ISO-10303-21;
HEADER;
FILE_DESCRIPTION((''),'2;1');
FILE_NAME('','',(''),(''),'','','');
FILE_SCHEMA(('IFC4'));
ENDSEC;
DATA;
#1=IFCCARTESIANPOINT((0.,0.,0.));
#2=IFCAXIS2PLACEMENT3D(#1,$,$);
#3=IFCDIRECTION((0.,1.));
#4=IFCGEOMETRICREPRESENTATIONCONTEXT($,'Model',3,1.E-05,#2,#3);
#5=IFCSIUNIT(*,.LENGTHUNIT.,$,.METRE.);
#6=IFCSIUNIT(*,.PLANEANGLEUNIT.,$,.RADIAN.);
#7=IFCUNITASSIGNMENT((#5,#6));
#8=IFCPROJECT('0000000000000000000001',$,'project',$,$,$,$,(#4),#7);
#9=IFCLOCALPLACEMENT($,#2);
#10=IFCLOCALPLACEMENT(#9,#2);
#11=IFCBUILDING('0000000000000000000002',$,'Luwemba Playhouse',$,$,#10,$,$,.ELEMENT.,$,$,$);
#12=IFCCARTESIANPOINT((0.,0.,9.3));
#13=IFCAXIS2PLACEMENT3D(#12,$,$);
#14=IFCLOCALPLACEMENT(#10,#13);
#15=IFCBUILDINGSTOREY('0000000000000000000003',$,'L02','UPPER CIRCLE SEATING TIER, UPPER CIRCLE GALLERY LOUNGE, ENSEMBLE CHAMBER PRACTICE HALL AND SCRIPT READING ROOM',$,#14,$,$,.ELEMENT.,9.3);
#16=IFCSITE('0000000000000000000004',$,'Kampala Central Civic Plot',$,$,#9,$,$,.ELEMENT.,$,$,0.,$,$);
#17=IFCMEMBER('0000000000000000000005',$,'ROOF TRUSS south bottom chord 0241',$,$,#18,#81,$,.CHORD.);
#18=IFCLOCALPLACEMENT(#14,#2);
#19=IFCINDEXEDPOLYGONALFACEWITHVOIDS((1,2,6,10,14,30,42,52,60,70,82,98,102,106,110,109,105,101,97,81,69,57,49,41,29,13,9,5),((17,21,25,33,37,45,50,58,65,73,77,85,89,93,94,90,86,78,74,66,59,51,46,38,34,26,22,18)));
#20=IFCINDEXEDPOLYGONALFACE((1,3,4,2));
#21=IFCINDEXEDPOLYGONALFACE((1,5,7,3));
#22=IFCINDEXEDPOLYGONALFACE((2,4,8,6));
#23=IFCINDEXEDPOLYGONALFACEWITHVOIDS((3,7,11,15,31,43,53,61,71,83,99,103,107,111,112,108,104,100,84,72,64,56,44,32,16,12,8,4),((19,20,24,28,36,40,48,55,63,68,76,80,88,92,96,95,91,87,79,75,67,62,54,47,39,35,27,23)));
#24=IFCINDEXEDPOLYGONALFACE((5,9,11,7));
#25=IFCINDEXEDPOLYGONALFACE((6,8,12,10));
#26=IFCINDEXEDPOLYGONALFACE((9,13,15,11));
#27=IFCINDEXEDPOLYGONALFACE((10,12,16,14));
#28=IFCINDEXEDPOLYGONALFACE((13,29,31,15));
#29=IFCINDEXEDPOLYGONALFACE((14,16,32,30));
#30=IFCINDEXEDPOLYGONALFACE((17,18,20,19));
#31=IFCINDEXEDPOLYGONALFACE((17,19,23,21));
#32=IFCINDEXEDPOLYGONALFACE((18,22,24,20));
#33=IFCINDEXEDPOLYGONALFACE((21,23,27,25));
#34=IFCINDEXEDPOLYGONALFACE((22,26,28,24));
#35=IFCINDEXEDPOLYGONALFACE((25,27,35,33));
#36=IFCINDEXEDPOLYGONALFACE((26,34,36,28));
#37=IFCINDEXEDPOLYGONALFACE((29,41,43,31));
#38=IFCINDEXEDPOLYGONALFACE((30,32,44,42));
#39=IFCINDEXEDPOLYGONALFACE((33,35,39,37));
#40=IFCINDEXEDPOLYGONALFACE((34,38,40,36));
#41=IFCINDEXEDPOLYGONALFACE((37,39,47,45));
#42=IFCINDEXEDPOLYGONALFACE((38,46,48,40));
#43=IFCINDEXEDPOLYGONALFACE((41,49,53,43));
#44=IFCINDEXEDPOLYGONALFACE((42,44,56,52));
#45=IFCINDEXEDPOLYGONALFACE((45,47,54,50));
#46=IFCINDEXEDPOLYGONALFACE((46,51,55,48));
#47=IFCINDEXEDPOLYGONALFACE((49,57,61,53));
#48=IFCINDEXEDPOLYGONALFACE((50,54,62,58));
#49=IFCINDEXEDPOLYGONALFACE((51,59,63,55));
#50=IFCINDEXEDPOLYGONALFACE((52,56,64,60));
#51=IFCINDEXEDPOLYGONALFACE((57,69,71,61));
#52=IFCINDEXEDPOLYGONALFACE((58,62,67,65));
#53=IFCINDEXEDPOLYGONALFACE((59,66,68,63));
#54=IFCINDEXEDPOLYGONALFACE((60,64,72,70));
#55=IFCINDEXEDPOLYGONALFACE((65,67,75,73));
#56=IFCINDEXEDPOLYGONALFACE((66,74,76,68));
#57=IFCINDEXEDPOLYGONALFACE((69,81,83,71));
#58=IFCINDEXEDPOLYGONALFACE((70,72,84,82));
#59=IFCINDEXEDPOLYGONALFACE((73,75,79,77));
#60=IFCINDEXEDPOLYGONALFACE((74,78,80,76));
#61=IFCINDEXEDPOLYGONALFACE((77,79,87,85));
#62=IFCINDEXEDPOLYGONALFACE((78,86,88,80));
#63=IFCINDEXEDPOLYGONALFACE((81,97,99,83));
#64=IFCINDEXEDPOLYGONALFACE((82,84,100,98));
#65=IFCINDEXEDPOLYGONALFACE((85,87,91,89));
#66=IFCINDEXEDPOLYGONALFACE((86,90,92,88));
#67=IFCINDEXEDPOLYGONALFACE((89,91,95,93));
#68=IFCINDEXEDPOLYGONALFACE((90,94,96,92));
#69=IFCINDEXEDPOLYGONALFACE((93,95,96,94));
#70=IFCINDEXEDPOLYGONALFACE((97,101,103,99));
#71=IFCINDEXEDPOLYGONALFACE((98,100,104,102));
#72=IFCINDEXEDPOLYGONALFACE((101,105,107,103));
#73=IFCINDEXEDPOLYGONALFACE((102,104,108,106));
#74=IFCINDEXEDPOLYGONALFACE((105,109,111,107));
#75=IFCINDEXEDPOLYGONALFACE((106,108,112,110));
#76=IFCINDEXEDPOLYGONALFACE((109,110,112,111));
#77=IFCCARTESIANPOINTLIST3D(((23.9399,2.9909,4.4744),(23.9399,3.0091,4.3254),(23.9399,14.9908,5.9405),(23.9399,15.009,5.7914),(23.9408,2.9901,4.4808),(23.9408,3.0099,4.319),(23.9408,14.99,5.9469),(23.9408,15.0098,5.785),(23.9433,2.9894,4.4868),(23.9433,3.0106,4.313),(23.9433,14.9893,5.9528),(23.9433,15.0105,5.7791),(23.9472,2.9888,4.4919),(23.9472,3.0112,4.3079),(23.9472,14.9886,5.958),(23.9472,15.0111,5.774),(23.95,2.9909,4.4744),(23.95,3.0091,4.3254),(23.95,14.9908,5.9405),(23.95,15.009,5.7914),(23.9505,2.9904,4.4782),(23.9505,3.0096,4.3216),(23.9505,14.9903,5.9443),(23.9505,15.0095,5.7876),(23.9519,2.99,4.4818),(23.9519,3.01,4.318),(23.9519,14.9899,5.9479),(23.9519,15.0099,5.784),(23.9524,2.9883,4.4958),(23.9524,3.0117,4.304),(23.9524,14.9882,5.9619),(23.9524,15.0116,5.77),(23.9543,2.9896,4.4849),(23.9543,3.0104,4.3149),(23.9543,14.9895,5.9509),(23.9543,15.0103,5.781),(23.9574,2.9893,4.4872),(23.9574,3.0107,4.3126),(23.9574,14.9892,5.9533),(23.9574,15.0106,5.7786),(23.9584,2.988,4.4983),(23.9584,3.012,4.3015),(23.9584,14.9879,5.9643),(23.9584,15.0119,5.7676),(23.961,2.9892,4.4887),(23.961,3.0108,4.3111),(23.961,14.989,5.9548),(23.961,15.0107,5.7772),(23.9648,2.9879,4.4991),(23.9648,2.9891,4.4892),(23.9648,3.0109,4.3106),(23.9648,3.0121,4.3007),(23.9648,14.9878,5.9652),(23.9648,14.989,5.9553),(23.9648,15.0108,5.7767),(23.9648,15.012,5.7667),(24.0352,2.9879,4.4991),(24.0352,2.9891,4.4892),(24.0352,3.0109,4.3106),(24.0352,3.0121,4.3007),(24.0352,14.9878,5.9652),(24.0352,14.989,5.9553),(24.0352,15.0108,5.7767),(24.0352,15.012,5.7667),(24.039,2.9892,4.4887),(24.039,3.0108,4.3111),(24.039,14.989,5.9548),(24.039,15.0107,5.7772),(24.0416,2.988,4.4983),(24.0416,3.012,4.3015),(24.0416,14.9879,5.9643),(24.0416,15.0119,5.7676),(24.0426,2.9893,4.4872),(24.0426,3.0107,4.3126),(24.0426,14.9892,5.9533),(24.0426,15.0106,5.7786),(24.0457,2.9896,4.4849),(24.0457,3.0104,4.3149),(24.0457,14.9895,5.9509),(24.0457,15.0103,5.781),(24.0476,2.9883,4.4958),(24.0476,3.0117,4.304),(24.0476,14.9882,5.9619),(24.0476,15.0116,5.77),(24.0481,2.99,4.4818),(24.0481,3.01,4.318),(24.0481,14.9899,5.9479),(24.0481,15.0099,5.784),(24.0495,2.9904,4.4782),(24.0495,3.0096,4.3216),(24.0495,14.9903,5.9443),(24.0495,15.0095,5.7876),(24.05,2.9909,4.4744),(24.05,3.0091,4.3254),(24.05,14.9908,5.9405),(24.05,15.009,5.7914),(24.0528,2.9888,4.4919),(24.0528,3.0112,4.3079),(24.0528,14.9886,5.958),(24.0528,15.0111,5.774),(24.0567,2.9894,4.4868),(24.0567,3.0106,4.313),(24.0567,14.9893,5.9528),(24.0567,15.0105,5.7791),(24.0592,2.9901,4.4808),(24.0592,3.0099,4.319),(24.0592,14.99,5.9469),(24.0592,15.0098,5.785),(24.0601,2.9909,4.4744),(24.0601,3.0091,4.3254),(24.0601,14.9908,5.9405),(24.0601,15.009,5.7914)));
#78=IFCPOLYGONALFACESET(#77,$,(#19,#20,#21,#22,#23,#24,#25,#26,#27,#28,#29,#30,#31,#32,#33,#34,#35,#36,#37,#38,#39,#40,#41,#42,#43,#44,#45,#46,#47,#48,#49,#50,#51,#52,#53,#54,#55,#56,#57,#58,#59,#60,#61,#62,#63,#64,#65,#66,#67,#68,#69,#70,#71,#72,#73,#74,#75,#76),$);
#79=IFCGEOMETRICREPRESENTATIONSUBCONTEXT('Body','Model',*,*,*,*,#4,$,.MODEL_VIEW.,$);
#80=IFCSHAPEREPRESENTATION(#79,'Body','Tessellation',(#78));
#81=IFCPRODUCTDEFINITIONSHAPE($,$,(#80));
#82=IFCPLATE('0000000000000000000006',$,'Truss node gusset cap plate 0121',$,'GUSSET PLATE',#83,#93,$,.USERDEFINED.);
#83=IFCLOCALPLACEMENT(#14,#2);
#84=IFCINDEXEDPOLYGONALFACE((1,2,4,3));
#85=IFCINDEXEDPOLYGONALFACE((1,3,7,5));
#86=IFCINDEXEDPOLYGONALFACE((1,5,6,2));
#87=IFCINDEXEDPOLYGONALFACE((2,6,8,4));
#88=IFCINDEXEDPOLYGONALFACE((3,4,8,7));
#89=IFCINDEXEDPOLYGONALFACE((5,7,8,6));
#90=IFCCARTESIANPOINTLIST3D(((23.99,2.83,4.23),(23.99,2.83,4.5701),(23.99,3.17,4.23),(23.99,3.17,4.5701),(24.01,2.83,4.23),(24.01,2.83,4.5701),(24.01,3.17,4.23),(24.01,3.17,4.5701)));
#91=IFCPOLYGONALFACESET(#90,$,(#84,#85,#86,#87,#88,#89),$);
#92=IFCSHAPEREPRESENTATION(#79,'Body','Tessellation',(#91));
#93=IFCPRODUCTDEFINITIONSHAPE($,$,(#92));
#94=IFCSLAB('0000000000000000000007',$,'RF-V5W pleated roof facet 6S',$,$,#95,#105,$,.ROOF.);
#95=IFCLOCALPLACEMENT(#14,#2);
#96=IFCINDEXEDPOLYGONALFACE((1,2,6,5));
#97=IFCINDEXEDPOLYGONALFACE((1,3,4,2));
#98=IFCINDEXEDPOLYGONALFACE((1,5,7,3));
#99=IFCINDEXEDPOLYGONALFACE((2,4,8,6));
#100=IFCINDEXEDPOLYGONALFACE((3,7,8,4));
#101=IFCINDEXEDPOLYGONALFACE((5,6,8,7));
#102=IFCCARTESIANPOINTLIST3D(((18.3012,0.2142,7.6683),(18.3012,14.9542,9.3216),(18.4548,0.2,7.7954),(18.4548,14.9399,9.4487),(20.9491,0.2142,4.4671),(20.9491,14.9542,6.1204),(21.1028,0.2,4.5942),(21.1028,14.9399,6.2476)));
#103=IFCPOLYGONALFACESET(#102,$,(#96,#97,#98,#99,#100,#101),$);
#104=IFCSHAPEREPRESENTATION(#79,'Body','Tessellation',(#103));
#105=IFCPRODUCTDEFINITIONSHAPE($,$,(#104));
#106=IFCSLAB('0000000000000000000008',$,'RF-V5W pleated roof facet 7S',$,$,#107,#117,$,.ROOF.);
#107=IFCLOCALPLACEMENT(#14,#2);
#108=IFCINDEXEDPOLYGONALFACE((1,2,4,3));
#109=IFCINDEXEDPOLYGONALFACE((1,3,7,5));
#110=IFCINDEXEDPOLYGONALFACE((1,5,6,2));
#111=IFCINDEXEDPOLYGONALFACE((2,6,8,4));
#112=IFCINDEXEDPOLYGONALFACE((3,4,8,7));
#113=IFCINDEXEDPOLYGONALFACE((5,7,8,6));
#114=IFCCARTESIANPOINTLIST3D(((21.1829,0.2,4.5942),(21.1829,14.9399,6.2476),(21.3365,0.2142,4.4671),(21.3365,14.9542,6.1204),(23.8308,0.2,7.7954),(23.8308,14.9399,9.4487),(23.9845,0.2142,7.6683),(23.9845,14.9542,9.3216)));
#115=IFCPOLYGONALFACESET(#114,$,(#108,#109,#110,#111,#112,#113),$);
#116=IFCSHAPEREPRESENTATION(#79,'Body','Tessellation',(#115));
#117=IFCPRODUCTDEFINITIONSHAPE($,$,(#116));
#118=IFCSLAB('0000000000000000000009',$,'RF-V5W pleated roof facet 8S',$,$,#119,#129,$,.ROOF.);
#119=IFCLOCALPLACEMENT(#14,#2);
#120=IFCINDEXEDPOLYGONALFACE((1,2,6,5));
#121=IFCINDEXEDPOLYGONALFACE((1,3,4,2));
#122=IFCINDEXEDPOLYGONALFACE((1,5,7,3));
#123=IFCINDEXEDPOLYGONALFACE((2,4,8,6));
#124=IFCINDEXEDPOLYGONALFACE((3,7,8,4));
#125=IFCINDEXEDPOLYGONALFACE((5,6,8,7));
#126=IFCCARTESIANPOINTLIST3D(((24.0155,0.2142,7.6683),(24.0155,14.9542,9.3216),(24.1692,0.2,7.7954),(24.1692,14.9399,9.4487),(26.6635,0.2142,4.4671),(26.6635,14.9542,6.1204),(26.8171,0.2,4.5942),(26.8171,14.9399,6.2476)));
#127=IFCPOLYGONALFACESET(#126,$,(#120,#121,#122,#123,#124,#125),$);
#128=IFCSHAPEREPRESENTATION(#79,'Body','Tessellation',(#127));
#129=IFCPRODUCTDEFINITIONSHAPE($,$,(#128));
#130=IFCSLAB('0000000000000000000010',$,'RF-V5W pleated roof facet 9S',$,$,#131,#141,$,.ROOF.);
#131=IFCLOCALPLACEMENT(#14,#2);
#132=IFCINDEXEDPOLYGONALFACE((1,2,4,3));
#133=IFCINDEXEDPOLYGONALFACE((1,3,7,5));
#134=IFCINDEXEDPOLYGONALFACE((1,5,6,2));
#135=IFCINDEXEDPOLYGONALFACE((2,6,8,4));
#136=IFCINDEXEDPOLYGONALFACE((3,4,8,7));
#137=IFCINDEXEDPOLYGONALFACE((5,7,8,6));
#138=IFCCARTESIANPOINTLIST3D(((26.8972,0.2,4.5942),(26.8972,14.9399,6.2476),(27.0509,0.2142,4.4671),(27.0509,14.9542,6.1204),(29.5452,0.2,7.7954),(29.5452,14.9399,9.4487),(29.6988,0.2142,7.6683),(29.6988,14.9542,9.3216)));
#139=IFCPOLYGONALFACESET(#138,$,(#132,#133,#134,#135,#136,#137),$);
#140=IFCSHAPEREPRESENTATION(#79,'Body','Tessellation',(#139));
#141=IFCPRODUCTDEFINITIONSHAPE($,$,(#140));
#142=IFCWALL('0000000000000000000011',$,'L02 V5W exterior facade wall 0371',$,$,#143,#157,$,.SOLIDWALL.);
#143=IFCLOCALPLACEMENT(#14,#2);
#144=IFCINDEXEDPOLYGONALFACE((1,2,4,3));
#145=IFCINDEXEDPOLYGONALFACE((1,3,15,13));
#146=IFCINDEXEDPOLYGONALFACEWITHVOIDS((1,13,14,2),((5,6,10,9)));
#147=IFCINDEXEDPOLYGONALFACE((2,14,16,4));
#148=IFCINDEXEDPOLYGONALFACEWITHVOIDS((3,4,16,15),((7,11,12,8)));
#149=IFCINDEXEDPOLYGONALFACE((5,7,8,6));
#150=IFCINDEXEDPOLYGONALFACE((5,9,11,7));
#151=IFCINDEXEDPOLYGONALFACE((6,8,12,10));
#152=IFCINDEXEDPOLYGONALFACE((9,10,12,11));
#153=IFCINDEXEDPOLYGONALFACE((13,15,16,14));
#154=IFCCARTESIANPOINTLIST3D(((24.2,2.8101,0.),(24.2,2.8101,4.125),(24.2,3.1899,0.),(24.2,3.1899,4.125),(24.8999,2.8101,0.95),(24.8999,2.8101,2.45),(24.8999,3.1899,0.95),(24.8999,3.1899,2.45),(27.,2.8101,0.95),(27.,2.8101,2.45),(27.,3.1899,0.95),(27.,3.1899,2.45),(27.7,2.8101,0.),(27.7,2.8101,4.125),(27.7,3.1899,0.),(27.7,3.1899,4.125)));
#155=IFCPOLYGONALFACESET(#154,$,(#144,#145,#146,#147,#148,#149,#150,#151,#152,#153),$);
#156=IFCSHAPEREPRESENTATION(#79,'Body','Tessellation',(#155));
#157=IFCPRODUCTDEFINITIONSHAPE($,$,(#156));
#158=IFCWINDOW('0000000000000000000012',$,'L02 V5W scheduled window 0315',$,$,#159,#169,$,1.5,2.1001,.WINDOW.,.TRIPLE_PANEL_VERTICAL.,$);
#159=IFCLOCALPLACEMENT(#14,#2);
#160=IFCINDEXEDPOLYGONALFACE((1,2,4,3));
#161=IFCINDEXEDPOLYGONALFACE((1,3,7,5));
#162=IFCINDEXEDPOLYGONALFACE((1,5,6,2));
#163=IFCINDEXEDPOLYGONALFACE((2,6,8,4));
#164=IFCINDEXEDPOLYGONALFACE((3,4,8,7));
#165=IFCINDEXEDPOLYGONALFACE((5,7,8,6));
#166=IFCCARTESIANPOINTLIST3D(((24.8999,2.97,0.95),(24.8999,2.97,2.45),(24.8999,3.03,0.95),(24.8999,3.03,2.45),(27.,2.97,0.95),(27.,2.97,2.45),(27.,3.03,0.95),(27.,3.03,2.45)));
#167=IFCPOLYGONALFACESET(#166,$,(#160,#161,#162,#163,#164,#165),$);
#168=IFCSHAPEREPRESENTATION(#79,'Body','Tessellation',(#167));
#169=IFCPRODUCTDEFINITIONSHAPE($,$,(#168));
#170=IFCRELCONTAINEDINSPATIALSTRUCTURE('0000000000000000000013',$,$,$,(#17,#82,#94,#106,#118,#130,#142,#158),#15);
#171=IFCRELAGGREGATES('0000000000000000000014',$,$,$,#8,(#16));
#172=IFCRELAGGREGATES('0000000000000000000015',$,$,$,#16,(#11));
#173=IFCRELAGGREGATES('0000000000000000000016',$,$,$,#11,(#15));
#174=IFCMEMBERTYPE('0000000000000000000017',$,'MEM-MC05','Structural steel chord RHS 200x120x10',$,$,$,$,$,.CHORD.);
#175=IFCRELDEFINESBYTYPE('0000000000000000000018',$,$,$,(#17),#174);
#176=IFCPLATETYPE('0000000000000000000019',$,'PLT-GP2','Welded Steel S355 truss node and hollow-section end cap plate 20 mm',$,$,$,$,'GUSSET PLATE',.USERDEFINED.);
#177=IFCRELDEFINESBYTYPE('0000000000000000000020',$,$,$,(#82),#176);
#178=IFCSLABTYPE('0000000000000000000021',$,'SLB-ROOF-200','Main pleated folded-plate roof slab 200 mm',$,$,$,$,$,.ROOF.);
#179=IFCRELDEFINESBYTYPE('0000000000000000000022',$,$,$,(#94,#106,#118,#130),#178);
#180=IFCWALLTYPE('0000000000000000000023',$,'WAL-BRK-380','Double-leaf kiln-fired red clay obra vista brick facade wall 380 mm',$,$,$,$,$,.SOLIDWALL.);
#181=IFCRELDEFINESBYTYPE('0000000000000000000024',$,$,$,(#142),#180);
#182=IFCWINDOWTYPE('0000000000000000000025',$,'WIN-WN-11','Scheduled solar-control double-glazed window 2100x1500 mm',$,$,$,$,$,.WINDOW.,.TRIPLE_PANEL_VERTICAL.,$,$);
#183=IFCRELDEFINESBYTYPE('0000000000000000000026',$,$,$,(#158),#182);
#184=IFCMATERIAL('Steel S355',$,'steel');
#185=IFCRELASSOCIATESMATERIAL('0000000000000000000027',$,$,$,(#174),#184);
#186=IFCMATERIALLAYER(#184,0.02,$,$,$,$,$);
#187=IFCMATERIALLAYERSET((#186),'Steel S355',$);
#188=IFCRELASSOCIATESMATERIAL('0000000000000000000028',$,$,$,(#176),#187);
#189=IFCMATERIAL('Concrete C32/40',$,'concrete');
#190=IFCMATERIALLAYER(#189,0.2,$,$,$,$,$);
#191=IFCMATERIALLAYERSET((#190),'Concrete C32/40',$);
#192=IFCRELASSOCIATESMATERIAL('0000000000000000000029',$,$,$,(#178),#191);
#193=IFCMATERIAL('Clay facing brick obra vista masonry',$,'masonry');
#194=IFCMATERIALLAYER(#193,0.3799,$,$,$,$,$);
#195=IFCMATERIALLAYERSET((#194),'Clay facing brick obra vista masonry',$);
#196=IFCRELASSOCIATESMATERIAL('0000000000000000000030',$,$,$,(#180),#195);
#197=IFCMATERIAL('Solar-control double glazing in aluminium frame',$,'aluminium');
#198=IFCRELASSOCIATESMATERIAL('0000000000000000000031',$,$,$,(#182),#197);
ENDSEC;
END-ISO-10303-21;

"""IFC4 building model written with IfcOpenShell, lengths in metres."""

from ifc_helpers import new_model, si_unit, direction, frame, frame_2d, origin, origin_2d, place, context, subcontext, project, spatial, polyline, rectangle, hollow_rectangle, outline, extrude, material, layer, layer_set, material_profile, profile_set, type_object, element, fill, save


model = new_model("IFC4")

# Units and contexts
model_context = context("Model", 3, precision=1e-05, world=origin(), true_north=direction((0.0, 1.0)))
body_context = subcontext(model_context, "Body", "Model", "MODEL_VIEW")
ifc_project = project(units=[si_unit("LENGTHUNIT", "METRE"), si_unit("PLANEANGLEUNIT", "RADIAN")], contexts=[model_context])

# Site, building, storey
site_placement = place(None, origin())
site = spatial("IfcSite", under=ifc_project, at=site_placement, Name="Kampala Central Civic Plot", CompositionType="ELEMENT", RefElevation=0.0)
building_placement = place(site_placement, origin())
building = spatial("IfcBuilding", under=site, at=building_placement, Name="Luwemba Playhouse", CompositionType="ELEMENT")
storey_placement = place(building_placement, frame((0.0, 0.0, 9.3)))
storey = spatial("IfcBuildingStorey", under=building, at=storey_placement, Name="L02", Description="UPPER CIRCLE SEATING TIER, UPPER CIRCLE GALLERY LOUNGE, ENSEMBLE CHAMBER PRACTICE HALL AND SCRIPT READING ROOM", CompositionType="ELEMENT", Elevation=9.3)

# Shared definitions
ifc_material_1 = material(Name="Steel S355", Category="steel")

# Member
ifc_material_profile_1 = material_profile(ifc_material_1, hollow_rectangle(XDim=0.1201, YDim=0.2, WallThickness=0.01, InnerFilletRadius=0.0149, OuterFilletRadius=0.0249, at=origin_2d()))
ifc_profile_set_1 = profile_set([ifc_material_profile_1], Name="Steel S355")
member_type_1 = type_object("IfcMemberType", Name="MEM-MC05", Description="Structural steel chord RHS 200x120x10", PredefinedType="CHORD", material=ifc_profile_set_1)
member_1_placement = place(storey_placement, frame((24.0, 3.0, 4.3999), z_axis=(0.0, 0.99262, 0.12127), x_axis=(-1.0, 0.0, 0.0)))
element("IfcMember", 1, at=member_1_placement, inside=storey, type_object=member_type_1, Name="ROOF TRUSS south bottom chord 0241", PredefinedType="CHORD", context=body_context, shape_type="SweptSolid", body=[
    extrude(hollow_rectangle(XDim=0.1201, YDim=0.2, WallThickness=0.01, InnerFilletRadius=0.0149, OuterFilletRadius=0.0249, at=origin_2d()), origin(), (0.0, 0.0, 1.0), 12.0891),
])

# Plate
ifc_layer_1 = layer(ifc_material_1, 0.02)
ifc_layer_set_1 = layer_set([ifc_layer_1], Name="Steel S355")
plate_type = type_object("IfcPlateType", Name="PLT-GP2", Description="Welded Steel S355 truss node and hollow-section end cap plate 20 mm", ElementType="GUSSET PLATE", PredefinedType="USERDEFINED", material=ifc_layer_set_1)
plate_placement = place(storey_placement, frame((24.0, 3.0, 4.23), z_axis=(0.0, 0.0, 1.0), x_axis=(1.0, 0.0, 0.0)))
element("IfcPlate", 2, at=plate_placement, inside=storey, type_object=plate_type, Name="Truss node gusset cap plate 0121", ObjectType="GUSSET PLATE", PredefinedType="USERDEFINED", context=body_context, shape_type="SweptSolid", body=[
    extrude(rectangle(XDim=0.02, YDim=0.3401, at=origin_2d()), origin(), (0.0, 0.0, 1.0), 0.3401),
])

# Slabs
ifc_material_2 = material(Name="Concrete C32/40", Category="concrete")
ifc_layer_2 = layer(ifc_material_2, 0.2)
ifc_layer_set_2 = layer_set([ifc_layer_2], Name="Concrete C32/40")
slab_type = type_object("IfcSlabType", Name="SLB-ROOF-200", Description="Main pleated folded-plate roof slab 200 mm", PredefinedType="ROOF", material=ifc_layer_set_2)
slab_1_placement = place(storey_placement, frame((18.4548, 0.2, 7.7954), z_axis=(0.768586, -0.07131, 0.63576), x_axis=(0.637382, 0.0, -0.770548)))
element("IfcSlab", 3, at=slab_1_placement, inside=storey, type_object=slab_type, Name="RF-V5W pleated roof facet 6S", PredefinedType="ROOF", context=body_context, shape_type="SweptSolid", body=[
    extrude(outline(polyline([(0.0, 0.0), (4.1544, 0.0), (2.8804, 14.7776), (-1.274, 14.7776), (0.0, 0.0)])), origin(), (0.0, 0.0, -1.0), 0.2),
])
slab_2_placement = place(storey_placement, frame((21.1829, 0.2, 4.5942), z_axis=(-0.768586, -0.07131, 0.63576), x_axis=(0.637382, 0.0, 0.770548)))
element("IfcSlab", 4, at=slab_2_placement, inside=storey, type_object=slab_type, Name="RF-V5W pleated roof facet 7S", PredefinedType="ROOF", context=body_context, shape_type="SweptSolid", body=[
    extrude(outline(polyline([(0.0, 0.0), (4.1544, 0.0), (5.4284, 14.7776), (1.274, 14.7776), (0.0, 0.0)])), origin(), (0.0, 0.0, -1.0), 0.2),
])
slab_3_placement = place(storey_placement, frame((24.1692, 0.2, 7.7954), z_axis=(0.768586, -0.07131, 0.63576), x_axis=(0.637382, 0.0, -0.770548)))
element("IfcSlab", 5, at=slab_3_placement, inside=storey, type_object=slab_type, Name="RF-V5W pleated roof facet 8S", PredefinedType="ROOF", context=body_context, shape_type="SweptSolid", body=[
    extrude(outline(polyline([(0.0, 0.0), (4.1544, 0.0), (2.8804, 14.7776), (-1.274, 14.7776), (0.0, 0.0)])), origin(), (0.0, 0.0, -1.0), 0.2),
])
slab_4_placement = place(storey_placement, frame((26.8972, 0.2, 4.5942), z_axis=(-0.768586, -0.07131, 0.63576), x_axis=(0.637382, 0.0, 0.770548)))
element("IfcSlab", 6, at=slab_4_placement, inside=storey, type_object=slab_type, Name="RF-V5W pleated roof facet 9S", PredefinedType="ROOF", context=body_context, shape_type="SweptSolid", body=[
    extrude(outline(polyline([(0.0, 0.0), (4.1544, 0.0), (5.4284, 14.7776), (1.274, 14.7776), (0.0, 0.0)])), origin(), (0.0, 0.0, -1.0), 0.2),
])

# Wall, opening, window
ifc_material_3 = material(Name="Clay facing brick obra vista masonry", Category="masonry")
ifc_layer_3 = layer(ifc_material_3, 0.3799)
ifc_layer_set_3 = layer_set([ifc_layer_3], Name="Clay facing brick obra vista masonry")
wall_type_1 = type_object("IfcWallType", Name="WAL-BRK-380", Description="Double-leaf kiln-fired red clay obra vista brick facade wall 380 mm", PredefinedType="SOLIDWALL", material=ifc_layer_set_3)
wall_1_placement = place(storey_placement, frame((27.7, 3.0, 0.0), z_axis=(0.0, 0.0, 1.0), x_axis=(-1.0, 0.0, 0.0)))
wall_1 = element("IfcWall", 7, at=wall_1_placement, inside=storey, type_object=wall_type_1, Name="L02 V5W exterior facade wall 0371", PredefinedType="SOLIDWALL", context=body_context, shape_type="SweptSolid", body=[
    extrude(rectangle(XDim=3.5, YDim=0.3799, at=frame_2d((1.75, 0.0))), origin(), (0.0, 0.0, 1.0), 4.125),
])
opening_1_placement = place(wall_1_placement, frame((0.7, 0.0, 0.95)))
opening_1 = element("IfcOpeningElement", 8, at=opening_1_placement, cuts=wall_1, PredefinedType="OPENING", context=body_context, shape_type="SweptSolid", body=[
    extrude(rectangle(XDim=2.1001, YDim=1.5, at=frame_2d((1.05, 0.75))), frame((0.0, 0.2, 0.0), z_axis=(0.0, -1.0, 0.0), x_axis=(1.0, 0.0, 0.0)), (0.0, 0.0, 1.0), 0.3999),
])
ifc_material_4 = material(Name="Solar-control double glazing in aluminium frame", Category="aluminium")
window_type_1 = type_object("IfcWindowType", Name="WIN-WN-11", Description="Scheduled solar-control double-glazed window 2100x1500 mm", PartitioningType="TRIPLE_PANEL_VERTICAL", PredefinedType="WINDOW", material=ifc_material_4)
window_1_placement = place(opening_1_placement, origin())
window_1 = element("IfcWindow", 9, at=window_1_placement, inside=storey, type_object=window_type_1, Name="L02 V5W scheduled window 0315", OverallHeight=1.5, OverallWidth=2.1001, PartitioningType="TRIPLE_PANEL_VERTICAL", PredefinedType="WINDOW", context=body_context, shape_type="SweptSolid", body=[
    extrude(rectangle(XDim=2.1001, YDim=1.5, at=frame_2d((1.05, 0.75))), frame((0.0, 0.03, 0.0), z_axis=(0.0, -1.0, 0.0), x_axis=(1.0, 0.0, 0.0)), (0.0, 0.0, 1.0), 0.0601),
])
fill(opening_1, window_1)

save(model, "model.ifc")
